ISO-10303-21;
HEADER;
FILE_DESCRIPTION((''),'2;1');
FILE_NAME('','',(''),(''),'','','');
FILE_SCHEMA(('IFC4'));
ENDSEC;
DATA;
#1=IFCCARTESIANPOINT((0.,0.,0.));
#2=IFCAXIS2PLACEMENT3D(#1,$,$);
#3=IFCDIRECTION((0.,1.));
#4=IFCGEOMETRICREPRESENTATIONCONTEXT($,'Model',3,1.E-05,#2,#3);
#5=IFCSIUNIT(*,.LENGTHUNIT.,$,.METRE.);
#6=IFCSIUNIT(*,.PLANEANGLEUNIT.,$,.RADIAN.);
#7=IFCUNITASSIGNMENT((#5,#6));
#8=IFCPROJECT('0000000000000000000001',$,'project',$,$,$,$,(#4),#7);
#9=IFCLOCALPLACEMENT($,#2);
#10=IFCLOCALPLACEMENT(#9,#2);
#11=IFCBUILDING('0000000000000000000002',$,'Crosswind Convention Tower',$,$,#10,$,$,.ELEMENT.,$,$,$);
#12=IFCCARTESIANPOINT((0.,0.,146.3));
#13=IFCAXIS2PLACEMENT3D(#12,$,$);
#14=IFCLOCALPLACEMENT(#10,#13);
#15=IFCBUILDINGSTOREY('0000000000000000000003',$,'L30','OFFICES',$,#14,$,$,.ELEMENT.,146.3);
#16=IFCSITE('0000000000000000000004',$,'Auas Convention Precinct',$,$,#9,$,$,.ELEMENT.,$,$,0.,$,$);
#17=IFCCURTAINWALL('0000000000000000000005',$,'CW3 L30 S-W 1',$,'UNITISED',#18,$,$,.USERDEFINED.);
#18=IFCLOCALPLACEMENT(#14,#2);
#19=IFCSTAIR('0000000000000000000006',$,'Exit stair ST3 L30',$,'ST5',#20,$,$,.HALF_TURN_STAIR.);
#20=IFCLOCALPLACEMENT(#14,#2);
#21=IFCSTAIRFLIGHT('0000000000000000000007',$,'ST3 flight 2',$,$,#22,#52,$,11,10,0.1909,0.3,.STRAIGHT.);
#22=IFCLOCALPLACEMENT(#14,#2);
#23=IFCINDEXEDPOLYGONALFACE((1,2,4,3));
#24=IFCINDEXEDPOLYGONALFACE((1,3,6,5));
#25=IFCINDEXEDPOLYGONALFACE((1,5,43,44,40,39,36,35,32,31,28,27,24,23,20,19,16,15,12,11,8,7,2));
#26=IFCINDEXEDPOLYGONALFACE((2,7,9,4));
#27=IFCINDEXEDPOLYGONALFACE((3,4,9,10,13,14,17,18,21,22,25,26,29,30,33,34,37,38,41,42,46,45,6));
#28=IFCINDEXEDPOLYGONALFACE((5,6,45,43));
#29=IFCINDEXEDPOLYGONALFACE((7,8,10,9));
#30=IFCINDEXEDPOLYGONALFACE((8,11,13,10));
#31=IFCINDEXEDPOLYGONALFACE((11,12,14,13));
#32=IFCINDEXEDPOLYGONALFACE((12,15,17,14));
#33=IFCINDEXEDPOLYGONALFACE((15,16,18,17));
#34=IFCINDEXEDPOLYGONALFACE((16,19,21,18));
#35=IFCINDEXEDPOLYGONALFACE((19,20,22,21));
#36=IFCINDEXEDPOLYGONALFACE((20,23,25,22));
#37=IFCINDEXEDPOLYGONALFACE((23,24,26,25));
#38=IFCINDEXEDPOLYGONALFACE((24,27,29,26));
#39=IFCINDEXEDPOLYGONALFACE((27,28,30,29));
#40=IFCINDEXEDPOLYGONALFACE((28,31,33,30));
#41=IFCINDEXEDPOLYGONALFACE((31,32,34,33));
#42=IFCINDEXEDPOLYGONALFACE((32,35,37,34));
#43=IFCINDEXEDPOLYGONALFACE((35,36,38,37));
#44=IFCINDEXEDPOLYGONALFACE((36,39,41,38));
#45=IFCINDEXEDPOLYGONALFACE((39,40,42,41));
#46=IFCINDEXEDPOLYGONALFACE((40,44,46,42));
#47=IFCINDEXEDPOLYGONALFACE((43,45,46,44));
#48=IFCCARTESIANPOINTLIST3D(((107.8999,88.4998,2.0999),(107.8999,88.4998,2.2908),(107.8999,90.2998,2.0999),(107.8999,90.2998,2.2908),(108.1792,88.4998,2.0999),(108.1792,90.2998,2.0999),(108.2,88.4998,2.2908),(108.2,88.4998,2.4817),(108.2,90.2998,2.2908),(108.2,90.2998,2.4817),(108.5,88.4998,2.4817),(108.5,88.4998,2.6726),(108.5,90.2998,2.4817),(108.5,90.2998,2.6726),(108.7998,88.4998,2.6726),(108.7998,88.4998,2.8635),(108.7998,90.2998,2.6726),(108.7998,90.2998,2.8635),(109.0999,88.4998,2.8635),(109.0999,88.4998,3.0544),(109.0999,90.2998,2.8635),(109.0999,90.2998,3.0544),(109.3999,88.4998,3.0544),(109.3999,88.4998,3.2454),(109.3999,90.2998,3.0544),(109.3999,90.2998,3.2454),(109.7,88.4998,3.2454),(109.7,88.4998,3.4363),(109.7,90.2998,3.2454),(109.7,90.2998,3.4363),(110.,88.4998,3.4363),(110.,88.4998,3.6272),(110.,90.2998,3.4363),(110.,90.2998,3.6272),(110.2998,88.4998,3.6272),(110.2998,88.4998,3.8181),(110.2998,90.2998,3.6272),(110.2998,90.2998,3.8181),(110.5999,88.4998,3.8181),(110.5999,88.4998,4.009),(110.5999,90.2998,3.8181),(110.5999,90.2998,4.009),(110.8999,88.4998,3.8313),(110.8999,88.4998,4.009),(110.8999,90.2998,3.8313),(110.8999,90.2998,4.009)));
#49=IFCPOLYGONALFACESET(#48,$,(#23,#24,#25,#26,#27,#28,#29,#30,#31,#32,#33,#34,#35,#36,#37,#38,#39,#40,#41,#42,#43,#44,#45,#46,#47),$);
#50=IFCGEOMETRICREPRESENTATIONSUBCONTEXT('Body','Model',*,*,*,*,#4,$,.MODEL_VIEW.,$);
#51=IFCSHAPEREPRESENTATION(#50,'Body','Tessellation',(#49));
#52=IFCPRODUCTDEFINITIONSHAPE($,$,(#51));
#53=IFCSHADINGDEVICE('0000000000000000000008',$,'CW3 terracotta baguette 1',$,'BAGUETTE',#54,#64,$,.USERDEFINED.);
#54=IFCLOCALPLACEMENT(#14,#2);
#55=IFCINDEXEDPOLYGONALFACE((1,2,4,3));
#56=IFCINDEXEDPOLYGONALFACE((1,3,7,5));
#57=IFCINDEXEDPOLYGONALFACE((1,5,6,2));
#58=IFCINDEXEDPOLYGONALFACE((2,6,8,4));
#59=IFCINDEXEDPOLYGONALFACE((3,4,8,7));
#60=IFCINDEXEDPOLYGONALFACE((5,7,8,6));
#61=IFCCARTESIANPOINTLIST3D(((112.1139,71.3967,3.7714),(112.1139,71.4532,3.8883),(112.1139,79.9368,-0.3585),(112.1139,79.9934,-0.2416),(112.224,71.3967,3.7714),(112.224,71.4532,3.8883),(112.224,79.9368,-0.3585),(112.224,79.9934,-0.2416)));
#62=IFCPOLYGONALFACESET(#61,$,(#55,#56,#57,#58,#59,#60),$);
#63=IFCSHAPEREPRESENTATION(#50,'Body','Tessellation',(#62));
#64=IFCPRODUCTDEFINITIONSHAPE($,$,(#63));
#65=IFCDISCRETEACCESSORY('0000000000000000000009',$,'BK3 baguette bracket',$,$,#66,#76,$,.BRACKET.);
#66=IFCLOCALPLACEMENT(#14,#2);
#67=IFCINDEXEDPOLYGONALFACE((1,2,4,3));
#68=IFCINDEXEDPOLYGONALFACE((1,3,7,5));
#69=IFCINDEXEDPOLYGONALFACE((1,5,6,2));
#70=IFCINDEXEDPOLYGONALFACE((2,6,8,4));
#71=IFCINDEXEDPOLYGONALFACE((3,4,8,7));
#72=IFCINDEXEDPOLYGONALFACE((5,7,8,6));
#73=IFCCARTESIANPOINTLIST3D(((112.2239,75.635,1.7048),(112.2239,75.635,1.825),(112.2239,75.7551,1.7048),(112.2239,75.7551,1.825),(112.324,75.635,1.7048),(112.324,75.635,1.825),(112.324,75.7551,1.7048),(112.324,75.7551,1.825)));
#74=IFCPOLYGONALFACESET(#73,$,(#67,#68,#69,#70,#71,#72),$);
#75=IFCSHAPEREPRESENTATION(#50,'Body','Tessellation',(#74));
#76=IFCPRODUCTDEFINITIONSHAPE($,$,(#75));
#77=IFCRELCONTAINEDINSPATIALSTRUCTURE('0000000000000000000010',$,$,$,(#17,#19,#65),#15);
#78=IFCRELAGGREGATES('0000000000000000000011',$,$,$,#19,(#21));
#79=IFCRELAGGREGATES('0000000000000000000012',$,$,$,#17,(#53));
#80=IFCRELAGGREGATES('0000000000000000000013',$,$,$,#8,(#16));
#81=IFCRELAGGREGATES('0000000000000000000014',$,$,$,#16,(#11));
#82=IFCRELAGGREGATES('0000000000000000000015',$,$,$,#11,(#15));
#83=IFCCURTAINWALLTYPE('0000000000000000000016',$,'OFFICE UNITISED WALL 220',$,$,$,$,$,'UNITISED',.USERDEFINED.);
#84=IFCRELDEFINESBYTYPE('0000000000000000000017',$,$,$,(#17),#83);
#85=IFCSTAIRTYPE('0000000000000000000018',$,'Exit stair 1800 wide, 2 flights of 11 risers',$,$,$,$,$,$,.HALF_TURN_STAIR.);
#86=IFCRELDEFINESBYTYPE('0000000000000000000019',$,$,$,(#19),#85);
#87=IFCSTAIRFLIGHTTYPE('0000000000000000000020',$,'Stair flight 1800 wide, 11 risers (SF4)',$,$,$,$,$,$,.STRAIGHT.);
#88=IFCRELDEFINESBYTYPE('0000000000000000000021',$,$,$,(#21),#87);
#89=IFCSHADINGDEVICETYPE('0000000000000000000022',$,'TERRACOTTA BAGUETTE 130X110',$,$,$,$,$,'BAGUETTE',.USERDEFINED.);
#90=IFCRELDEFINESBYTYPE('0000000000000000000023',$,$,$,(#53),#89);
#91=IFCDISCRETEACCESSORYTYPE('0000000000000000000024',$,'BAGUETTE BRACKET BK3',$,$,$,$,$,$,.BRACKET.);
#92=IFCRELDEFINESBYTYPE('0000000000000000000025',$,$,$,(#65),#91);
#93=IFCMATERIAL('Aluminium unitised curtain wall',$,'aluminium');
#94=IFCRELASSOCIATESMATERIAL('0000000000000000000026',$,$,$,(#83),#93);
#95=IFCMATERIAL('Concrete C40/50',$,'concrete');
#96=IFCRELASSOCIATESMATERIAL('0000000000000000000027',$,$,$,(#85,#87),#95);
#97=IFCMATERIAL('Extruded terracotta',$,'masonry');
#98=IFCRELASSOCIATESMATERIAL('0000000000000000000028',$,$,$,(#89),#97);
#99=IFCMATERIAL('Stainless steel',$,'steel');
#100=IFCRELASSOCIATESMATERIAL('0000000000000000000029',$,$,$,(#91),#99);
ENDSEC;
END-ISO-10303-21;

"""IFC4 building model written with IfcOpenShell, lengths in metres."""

from ifc_helpers import new_model, si_unit, direction, frame, origin, origin_2d, place, context, subcontext, project, spatial, polyline, rectangle, outline, extrude, material, material_profile, profile_set, type_object, element, aggregate, save


model = new_model("IFC4")

# Units and contexts
model_context = context("Model", 3, precision=1e-05, world=origin(), true_north=direction((0.0, 1.0)))
body_context = subcontext(model_context, "Body", "Model", "MODEL_VIEW")
ifc_project = project(units=[si_unit("LENGTHUNIT", "METRE"), si_unit("PLANEANGLEUNIT", "RADIAN")], contexts=[model_context])

# Site, building, storey
site_placement = place(None, origin())
site = spatial("IfcSite", under=ifc_project, at=site_placement, Name="Auas Convention Precinct", CompositionType="ELEMENT", RefElevation=0.0)
building_placement = place(site_placement, origin())
building = spatial("IfcBuilding", under=site, at=building_placement, Name="Crosswind Convention Tower", CompositionType="ELEMENT")
storey_placement = place(building_placement, frame((0.0, 0.0, 146.3)))
storey = spatial("IfcBuildingStorey", under=building, at=storey_placement, Name="L30", Description="OFFICES", CompositionType="ELEMENT", Elevation=146.3)

# Curtain wall
ifc_material_1 = material(Name="Aluminium unitised curtain wall", Category="aluminium")
curtain_wall_type_1 = type_object("IfcCurtainWallType", Name="OFFICE UNITISED WALL 220", ElementType="UNITISED", PredefinedType="USERDEFINED", material=ifc_material_1)
curtain_wall_1_placement = place(storey_placement, origin())
curtain_wall_1 = element("IfcCurtainWall", 1, at=curtain_wall_1_placement, inside=storey, type_object=curtain_wall_type_1, Name="CW3 L30 S-W 1", ObjectType="UNITISED", PredefinedType="USERDEFINED")

# Shared definitions
ifc_material_2 = material(Name="Stainless steel", Category="steel")

# Stair, stair flight
ifc_material_3 = material(Name="Concrete C40/50", Category="concrete")
stair_type = type_object("IfcStairType", Name="Exit stair 1800 wide, 2 flights of 11 risers", PredefinedType="HALF_TURN_STAIR", material=ifc_material_3)
stair_placement = place(storey_placement, origin())
stair = element("IfcStair", 2, at=stair_placement, inside=storey, type_object=stair_type, Name="Exit stair ST3 L30", ObjectType="ST5", PredefinedType="HALF_TURN_STAIR")
stair_flight_type = type_object("IfcStairFlightType", Name="Stair flight 1800 wide, 11 risers (SF4)", PredefinedType="STRAIGHT", material=ifc_material_3)
stair_flight_1_placement = place(storey_placement, frame((107.8999, 89.3999, 2.0999), z_axis=(0.0, 0.0, 1.0), x_axis=(1.0, 0.0, 0.0)))
stair_flight_1 = element("IfcStairFlight", 3, at=stair_flight_1_placement, type_object=stair_flight_type, Name="ST3 flight 2", NumberOfRisers=11, NumberOfTreads=10, PredefinedType="STRAIGHT", RiserHeight=0.1909, TreadLength=0.3, context=body_context, shape_type="SweptSolid", body=[
    extrude(outline(polyline([(0.0, 0.0), (0.0, 0.1909), (0.3, 0.1909), (0.3, 0.3818), (0.6001, 0.3818), (0.6001, 0.5728), (0.8999, 0.5728), (0.8999, 0.7637), (1.2, 0.7637), (1.2, 0.9546), (1.5, 0.9546), (1.5, 1.1455), (1.8, 1.1455), (1.8, 1.3364), (2.1001, 1.3364), (2.1001, 1.5273), (2.3999, 1.5273), (2.3999, 1.7183), (2.7, 1.7183), (2.7, 1.9092), (3.0, 1.9092), (3.0, 2.1001), (3.0, 1.7314), (0.2793, 0.0), (0.0, 0.0)])), frame((0.0, 0.8999, 0.0), z_axis=(0.0, -1.0, 0.0), x_axis=(1.0, 0.0, 0.0)), (0.0, 0.0, 1.0), 1.8),
])
aggregate(stair, [stair_flight_1])

# Shading device
ifc_material_4 = material(Name="Extruded terracotta", Category="masonry")
ifc_material_profile_1 = material_profile(ifc_material_4, rectangle(XDim=0.1101, YDim=0.1299, at=origin_2d()), Name="TC 110X130")
ifc_profile_set_1 = profile_set([ifc_material_profile_1], Name="Extruded terracotta")
shading_device_type = type_object("IfcShadingDeviceType", Name="TERRACOTTA BAGUETTE 130X110", ElementType="BAGUETTE", PredefinedType="USERDEFINED", material=ifc_profile_set_1)
shading_device_placement = place(storey_placement, frame((112.1689, 79.9651, -0.3), z_axis=(0.0, -0.900258, 0.435356), x_axis=(1.0, 0.0, 0.0)))
shading_device = element("IfcShadingDevice", 4, at=shading_device_placement, type_object=shading_device_type, Name="CW3 terracotta baguette 1", ObjectType="BAGUETTE", PredefinedType="USERDEFINED", context=body_context, shape_type="SweptSolid", body=[
    extrude(rectangle(XDim=0.1101, YDim=0.1299, at=origin_2d()), origin(), (0.0, 0.0, 1.0), 9.4863),
])
aggregate(curtain_wall_1, [shading_device])

# Discrete accessory
discrete_accessory_type = type_object("IfcDiscreteAccessoryType", Name="BAGUETTE BRACKET BK3", PredefinedType="BRACKET", material=ifc_material_2)
discrete_accessory_placement = place(storey_placement, frame((112.2739, 75.6951, 1.7048), z_axis=(0.0, 0.0, 1.0), x_axis=(0.0, -1.0, 0.0)))
element("IfcDiscreteAccessory", 5, at=discrete_accessory_placement, inside=storey, type_object=discrete_accessory_type, Name="BK3 baguette bracket", PredefinedType="BRACKET", context=body_context, shape_type="SweptSolid", body=[
    extrude(rectangle(XDim=0.1201, YDim=0.1001, at=origin_2d()), origin(), (0.0, 0.0, 1.0), 0.1201),
])

save(model, "model.ifc")
